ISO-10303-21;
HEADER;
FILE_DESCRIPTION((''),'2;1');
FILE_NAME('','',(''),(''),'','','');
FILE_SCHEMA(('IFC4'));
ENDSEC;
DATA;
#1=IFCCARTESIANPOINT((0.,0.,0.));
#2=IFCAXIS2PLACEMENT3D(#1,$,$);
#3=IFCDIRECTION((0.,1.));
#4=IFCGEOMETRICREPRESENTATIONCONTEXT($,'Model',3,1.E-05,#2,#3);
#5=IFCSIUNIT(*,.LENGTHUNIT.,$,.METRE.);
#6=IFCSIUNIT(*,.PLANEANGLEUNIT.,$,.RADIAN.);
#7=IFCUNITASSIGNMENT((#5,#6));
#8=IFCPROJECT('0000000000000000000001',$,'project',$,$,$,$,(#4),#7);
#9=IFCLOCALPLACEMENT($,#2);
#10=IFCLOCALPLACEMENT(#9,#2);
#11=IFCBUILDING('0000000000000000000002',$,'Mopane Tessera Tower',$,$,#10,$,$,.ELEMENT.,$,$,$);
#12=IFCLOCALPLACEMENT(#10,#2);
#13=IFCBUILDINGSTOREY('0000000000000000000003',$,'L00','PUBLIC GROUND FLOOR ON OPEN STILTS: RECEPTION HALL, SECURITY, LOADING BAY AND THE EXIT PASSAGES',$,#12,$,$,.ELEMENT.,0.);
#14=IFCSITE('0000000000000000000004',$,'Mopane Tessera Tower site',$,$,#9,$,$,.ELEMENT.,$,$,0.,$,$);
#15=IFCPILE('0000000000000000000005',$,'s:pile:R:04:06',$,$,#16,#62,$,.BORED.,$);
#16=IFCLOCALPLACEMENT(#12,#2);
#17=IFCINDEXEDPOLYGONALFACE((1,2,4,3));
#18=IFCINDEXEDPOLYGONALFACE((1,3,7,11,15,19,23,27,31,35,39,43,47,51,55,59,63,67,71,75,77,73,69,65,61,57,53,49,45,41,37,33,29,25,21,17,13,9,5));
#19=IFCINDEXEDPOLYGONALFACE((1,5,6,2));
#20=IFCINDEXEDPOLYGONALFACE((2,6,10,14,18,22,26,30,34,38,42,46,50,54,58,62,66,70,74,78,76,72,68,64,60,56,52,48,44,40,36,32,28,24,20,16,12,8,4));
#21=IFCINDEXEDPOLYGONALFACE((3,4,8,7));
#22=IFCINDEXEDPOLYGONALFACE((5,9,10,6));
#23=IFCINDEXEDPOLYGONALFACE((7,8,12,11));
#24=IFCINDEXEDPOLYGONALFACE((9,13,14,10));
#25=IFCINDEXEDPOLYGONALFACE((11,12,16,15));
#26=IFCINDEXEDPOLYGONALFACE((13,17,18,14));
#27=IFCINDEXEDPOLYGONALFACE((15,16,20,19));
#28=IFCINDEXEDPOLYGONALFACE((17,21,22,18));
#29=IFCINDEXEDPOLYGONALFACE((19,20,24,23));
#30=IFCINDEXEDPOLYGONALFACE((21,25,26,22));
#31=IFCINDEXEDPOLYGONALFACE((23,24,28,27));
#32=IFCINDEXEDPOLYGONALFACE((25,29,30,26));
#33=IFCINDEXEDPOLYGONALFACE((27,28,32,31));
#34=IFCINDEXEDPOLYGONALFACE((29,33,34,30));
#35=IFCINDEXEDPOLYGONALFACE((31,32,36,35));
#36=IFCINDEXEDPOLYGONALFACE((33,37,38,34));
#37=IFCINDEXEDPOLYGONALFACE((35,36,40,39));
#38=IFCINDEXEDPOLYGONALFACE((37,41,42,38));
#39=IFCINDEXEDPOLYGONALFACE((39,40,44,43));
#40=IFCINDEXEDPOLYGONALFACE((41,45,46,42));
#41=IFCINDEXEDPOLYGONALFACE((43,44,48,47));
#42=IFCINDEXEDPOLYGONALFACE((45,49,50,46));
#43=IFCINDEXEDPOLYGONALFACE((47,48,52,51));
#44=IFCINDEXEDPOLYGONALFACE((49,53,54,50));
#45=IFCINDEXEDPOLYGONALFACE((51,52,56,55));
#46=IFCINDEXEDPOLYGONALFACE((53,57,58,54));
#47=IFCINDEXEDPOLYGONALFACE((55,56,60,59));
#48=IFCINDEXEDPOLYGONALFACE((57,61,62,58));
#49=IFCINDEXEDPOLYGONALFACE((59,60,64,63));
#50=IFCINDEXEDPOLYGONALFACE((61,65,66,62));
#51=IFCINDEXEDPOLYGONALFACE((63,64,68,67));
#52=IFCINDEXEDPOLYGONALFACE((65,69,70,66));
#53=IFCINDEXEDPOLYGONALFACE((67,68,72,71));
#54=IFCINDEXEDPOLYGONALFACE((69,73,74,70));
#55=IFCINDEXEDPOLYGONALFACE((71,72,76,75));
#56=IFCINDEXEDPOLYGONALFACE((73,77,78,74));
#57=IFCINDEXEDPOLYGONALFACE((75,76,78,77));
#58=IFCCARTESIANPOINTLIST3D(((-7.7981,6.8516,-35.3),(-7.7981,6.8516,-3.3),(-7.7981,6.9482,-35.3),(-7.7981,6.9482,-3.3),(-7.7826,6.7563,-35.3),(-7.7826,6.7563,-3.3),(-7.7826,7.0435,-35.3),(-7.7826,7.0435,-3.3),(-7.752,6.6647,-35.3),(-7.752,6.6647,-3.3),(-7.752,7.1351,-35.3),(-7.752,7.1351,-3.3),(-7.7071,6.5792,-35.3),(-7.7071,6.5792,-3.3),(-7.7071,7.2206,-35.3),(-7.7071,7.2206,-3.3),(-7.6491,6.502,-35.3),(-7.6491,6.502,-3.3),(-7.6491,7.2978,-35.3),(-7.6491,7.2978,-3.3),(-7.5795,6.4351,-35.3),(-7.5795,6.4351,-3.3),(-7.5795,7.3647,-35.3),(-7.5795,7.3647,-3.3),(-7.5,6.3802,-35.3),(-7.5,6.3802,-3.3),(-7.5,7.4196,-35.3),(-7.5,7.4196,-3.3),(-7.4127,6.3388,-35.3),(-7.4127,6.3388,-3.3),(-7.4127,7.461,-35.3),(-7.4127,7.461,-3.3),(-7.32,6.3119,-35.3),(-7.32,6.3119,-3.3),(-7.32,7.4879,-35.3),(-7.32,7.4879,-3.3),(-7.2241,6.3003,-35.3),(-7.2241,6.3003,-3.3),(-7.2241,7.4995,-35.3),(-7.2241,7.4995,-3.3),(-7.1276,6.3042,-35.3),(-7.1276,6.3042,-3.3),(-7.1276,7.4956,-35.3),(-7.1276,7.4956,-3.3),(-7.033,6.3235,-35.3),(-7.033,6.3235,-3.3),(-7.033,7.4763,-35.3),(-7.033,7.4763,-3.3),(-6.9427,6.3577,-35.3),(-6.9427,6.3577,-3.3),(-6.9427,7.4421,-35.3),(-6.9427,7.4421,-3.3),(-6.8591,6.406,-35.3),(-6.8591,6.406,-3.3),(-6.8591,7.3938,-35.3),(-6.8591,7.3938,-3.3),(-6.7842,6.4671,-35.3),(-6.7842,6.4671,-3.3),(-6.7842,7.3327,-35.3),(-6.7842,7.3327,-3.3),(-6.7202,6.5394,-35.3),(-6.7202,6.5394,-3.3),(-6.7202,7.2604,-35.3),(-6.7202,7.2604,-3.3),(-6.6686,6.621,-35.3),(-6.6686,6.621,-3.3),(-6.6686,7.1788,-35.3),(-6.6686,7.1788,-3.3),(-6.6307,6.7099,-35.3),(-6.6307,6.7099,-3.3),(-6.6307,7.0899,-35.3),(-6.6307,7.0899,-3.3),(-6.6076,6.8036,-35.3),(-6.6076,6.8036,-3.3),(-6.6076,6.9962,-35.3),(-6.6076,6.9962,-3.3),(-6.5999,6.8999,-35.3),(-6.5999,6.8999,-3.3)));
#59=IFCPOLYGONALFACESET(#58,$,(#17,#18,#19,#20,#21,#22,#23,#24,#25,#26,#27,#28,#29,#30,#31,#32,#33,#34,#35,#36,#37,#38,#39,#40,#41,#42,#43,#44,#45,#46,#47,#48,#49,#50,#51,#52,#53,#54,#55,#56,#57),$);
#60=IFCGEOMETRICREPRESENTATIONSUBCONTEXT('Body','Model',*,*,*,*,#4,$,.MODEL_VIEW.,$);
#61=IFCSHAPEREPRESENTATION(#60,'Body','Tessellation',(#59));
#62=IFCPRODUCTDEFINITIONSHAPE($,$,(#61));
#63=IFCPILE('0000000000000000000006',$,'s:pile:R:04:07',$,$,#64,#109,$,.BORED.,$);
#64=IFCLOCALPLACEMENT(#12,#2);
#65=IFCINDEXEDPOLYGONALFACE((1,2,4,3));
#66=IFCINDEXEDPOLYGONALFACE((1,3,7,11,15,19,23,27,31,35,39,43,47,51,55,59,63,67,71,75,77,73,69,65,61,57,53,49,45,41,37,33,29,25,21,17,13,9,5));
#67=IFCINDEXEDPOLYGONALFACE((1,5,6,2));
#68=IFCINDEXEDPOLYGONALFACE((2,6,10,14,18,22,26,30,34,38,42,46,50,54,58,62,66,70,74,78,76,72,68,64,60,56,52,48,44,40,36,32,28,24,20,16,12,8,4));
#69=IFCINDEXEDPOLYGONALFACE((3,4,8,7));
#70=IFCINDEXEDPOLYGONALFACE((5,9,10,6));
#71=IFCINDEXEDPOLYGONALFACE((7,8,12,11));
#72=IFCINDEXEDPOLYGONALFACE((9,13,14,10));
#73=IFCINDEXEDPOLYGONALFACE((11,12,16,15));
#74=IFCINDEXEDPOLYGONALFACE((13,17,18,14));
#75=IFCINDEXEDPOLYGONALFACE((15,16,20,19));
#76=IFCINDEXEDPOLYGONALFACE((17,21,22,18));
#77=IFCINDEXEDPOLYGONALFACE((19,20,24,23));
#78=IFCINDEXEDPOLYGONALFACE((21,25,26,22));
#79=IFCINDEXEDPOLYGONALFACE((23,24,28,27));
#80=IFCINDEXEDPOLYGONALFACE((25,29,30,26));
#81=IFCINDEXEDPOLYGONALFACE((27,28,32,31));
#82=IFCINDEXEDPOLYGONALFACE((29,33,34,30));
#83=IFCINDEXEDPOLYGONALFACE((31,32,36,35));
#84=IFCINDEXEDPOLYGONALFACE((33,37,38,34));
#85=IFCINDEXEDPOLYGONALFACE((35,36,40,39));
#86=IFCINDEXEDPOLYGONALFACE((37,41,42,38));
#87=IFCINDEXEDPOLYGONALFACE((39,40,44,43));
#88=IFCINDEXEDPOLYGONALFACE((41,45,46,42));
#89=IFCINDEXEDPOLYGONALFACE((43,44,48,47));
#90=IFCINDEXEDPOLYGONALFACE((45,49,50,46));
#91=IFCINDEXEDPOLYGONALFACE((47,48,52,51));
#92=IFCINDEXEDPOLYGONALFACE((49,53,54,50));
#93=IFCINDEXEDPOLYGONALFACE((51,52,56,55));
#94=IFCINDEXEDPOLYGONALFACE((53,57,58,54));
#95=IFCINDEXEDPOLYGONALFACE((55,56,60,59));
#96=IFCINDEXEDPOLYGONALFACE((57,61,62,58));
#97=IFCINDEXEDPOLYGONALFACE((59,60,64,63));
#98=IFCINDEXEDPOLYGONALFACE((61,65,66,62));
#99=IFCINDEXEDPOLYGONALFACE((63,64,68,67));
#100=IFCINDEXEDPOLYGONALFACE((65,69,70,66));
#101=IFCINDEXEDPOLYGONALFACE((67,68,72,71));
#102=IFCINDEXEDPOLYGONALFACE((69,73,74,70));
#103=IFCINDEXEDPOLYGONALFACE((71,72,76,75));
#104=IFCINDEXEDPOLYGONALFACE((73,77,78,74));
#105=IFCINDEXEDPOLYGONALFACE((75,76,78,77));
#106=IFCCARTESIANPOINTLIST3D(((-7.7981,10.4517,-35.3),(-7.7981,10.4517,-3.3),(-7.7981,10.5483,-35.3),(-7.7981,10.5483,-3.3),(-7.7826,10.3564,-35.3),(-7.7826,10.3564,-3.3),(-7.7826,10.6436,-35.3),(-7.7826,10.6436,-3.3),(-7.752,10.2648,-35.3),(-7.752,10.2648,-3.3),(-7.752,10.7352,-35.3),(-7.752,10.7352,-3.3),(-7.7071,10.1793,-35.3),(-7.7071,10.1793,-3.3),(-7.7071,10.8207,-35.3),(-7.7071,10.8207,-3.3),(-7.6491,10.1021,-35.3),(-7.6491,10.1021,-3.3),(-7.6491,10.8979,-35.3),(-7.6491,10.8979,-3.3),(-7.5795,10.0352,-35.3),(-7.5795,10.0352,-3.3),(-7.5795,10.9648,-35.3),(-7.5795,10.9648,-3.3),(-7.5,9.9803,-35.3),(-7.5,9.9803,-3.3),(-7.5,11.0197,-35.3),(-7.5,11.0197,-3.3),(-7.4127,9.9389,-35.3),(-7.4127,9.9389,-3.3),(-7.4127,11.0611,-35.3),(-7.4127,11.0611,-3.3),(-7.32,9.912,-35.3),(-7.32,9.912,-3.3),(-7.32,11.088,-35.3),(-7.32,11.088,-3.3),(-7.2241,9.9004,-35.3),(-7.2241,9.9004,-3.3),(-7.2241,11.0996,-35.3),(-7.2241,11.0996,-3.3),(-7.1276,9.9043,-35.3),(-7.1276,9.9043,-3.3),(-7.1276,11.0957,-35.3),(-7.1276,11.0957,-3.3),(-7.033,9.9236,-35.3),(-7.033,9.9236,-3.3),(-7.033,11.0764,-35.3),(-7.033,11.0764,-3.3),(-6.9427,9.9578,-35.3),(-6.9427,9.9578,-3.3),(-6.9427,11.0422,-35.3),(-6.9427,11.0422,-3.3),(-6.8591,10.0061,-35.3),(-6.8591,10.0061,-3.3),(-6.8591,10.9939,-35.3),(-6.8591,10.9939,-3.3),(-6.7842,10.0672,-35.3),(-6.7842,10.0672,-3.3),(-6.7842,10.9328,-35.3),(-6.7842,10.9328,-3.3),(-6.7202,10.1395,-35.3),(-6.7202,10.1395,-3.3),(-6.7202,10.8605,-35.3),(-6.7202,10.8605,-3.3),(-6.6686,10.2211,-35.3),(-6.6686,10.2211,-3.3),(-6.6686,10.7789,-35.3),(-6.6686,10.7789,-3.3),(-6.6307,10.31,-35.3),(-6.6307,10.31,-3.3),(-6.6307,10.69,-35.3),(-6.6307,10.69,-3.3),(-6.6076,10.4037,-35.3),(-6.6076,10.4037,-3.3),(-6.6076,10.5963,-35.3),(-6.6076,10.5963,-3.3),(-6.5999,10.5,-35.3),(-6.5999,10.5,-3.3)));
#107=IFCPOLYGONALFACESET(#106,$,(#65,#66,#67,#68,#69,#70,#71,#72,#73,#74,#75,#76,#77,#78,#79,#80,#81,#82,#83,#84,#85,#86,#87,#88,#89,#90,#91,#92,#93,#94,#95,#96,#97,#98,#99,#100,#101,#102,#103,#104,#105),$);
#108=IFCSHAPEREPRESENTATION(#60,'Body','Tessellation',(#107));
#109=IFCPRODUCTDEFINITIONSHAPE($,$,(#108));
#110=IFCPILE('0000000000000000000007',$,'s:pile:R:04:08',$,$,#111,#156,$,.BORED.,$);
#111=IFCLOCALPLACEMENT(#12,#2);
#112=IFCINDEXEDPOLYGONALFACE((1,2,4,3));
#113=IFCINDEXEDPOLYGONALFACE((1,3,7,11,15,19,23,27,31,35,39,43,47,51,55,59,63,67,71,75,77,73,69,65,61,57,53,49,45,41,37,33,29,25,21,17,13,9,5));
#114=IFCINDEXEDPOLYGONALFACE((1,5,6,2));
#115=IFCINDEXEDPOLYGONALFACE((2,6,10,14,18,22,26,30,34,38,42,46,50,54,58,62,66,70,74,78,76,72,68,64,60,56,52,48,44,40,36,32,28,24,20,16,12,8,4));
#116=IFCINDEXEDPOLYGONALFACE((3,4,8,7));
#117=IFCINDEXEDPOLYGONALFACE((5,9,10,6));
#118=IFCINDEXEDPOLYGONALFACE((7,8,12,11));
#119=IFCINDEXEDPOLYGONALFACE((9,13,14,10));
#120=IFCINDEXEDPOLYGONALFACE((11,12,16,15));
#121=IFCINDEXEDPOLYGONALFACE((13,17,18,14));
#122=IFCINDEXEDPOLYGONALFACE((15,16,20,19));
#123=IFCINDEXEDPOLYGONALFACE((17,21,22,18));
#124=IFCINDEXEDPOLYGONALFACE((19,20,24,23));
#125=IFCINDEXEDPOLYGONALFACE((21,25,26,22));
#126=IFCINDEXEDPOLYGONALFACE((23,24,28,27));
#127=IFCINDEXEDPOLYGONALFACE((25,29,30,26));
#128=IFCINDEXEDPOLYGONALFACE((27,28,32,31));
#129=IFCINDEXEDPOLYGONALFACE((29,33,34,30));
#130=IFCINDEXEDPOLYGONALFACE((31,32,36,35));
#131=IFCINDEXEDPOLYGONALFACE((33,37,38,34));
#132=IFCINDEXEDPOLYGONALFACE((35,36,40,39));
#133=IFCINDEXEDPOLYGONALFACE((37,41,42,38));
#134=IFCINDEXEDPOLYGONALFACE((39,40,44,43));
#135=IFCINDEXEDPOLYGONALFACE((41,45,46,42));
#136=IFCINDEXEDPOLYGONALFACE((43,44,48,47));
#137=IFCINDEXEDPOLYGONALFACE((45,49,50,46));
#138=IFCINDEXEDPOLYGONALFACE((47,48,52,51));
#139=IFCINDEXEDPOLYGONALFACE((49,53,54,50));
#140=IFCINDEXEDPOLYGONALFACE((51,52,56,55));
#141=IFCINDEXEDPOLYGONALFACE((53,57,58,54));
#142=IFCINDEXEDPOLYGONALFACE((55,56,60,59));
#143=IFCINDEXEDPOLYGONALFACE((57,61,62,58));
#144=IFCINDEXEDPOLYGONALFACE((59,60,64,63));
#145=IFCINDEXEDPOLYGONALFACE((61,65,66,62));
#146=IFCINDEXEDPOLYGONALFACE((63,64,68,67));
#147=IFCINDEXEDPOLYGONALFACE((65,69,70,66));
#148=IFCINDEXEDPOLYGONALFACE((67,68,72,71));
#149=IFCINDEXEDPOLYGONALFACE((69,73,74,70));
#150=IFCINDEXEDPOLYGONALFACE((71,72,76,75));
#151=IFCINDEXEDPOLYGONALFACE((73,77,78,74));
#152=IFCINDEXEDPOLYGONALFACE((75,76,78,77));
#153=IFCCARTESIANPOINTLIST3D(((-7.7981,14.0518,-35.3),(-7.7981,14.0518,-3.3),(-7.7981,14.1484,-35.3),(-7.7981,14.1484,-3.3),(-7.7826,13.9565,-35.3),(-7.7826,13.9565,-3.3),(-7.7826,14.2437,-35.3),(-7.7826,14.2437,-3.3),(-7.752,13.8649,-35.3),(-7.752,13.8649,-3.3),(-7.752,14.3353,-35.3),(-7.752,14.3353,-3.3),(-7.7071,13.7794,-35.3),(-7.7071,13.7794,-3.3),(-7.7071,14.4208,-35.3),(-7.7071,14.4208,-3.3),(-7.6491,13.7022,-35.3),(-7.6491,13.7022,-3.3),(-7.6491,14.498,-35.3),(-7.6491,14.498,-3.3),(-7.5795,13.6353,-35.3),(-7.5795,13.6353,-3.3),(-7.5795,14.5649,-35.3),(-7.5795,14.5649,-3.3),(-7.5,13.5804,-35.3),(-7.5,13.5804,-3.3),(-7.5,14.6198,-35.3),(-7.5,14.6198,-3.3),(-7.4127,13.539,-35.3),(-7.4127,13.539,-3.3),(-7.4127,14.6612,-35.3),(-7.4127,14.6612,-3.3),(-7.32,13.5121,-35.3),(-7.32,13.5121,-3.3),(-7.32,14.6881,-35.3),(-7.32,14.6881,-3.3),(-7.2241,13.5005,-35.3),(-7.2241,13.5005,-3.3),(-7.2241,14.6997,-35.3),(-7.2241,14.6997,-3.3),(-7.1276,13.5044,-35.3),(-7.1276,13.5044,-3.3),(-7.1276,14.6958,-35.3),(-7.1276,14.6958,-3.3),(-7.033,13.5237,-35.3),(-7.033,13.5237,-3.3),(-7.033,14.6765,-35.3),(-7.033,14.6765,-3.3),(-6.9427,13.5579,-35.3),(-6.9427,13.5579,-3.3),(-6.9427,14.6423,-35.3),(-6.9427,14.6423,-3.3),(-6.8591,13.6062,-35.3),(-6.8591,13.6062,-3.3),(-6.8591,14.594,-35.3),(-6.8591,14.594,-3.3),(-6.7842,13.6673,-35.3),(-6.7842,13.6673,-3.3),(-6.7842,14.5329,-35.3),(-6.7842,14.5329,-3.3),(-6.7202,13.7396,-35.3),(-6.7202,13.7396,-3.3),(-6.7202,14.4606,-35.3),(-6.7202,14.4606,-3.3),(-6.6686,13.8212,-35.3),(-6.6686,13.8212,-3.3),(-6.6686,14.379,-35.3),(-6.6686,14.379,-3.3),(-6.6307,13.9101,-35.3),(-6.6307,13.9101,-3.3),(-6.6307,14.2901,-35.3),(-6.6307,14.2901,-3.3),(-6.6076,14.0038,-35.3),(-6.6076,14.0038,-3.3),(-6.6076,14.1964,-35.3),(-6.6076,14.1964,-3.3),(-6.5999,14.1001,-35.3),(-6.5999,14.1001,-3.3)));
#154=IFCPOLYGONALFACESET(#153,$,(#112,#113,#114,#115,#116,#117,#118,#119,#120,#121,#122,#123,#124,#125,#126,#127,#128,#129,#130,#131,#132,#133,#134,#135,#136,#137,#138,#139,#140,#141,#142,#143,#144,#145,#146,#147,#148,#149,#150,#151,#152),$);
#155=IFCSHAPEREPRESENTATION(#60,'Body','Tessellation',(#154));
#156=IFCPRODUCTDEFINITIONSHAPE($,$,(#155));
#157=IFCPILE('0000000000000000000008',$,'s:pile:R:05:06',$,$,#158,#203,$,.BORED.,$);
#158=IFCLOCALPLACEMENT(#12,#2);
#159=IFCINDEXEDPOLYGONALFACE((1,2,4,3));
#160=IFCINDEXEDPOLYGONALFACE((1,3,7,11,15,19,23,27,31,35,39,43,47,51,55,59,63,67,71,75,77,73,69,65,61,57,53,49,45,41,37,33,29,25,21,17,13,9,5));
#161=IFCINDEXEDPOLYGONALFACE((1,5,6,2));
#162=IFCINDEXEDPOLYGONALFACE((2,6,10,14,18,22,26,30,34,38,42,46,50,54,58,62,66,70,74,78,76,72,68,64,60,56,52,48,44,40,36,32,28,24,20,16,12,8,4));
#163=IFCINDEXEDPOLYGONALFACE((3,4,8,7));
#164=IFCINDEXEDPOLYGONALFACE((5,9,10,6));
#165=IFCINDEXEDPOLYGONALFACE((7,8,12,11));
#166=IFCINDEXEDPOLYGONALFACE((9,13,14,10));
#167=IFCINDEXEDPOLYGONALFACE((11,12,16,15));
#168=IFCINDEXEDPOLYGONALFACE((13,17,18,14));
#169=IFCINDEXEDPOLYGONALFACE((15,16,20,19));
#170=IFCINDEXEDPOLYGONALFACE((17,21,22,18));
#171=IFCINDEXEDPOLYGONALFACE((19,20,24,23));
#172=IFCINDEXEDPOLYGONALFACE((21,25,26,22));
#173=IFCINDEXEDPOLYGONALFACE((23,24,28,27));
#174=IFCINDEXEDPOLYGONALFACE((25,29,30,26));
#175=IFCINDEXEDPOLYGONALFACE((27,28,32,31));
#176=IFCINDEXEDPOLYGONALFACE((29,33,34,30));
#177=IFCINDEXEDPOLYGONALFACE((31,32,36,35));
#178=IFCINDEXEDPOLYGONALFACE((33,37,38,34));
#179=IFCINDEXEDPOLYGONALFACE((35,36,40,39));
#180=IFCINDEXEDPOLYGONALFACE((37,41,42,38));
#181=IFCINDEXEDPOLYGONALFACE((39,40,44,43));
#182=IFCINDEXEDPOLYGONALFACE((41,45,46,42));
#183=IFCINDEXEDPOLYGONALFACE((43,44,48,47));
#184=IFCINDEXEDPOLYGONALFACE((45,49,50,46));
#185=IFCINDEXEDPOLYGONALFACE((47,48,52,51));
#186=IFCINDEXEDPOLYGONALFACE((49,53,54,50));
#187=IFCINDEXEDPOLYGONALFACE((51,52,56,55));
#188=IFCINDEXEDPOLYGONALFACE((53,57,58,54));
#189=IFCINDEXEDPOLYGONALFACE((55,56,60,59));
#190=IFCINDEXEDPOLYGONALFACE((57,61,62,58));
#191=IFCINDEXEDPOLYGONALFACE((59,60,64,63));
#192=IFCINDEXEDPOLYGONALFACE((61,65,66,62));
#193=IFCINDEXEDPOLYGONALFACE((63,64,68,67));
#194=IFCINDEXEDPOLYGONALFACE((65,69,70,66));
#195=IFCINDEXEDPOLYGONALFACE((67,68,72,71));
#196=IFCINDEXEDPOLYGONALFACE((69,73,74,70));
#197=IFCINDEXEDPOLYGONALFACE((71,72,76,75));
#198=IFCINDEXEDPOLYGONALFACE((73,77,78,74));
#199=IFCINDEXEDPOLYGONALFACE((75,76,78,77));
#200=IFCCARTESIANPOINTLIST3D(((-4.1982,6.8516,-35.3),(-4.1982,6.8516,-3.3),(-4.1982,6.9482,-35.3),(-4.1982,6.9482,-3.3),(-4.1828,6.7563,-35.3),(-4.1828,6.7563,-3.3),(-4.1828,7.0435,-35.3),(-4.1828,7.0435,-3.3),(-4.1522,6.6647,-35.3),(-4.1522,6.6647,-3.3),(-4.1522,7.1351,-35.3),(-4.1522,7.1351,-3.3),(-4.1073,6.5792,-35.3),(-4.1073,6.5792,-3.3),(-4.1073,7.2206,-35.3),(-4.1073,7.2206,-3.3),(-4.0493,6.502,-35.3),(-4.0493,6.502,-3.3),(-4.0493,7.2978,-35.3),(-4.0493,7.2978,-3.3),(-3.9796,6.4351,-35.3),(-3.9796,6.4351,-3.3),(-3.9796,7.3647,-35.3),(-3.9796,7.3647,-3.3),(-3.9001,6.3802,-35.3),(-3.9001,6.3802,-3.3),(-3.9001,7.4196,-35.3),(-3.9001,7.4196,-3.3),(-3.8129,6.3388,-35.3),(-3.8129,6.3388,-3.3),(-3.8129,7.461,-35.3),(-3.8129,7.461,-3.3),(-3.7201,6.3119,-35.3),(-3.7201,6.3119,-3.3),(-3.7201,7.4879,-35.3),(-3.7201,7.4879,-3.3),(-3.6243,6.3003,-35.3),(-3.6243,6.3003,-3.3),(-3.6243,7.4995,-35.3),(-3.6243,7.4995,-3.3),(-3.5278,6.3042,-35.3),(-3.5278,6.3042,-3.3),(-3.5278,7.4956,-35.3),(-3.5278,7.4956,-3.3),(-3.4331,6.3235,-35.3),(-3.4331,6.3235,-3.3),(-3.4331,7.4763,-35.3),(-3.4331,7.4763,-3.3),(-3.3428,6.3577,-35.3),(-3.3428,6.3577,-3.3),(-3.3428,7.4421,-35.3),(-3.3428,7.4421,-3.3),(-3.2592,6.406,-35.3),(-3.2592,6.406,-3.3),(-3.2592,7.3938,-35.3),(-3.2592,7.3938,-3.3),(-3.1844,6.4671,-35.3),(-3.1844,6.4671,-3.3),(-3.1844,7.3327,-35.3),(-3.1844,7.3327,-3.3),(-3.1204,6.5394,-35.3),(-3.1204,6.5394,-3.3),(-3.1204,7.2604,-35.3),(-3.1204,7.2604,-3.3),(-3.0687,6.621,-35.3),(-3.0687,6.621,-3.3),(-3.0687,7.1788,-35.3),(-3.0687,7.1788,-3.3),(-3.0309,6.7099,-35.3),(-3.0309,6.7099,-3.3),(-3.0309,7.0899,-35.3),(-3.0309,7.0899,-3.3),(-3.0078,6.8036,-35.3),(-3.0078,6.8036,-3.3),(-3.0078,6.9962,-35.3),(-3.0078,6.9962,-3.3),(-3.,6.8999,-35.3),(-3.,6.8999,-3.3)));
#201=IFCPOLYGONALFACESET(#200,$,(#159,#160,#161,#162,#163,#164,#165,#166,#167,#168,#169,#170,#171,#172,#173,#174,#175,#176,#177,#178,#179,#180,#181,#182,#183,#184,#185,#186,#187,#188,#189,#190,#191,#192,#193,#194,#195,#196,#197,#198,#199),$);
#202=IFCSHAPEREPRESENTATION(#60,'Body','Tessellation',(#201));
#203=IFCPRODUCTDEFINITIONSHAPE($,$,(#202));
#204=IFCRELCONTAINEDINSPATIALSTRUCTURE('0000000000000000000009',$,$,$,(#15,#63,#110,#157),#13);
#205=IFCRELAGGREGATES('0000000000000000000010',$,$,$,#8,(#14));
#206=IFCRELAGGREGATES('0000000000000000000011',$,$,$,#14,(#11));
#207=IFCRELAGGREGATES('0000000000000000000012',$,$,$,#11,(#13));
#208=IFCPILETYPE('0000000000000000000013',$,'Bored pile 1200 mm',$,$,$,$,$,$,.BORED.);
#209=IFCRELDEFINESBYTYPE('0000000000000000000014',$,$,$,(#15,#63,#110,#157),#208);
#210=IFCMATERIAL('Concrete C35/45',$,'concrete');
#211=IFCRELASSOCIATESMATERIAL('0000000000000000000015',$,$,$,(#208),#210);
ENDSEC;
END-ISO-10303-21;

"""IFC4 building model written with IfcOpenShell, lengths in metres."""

from ifc_helpers import new_model, si_unit, direction, frame, origin, origin_2d, place, context, subcontext, project, spatial, circle, extrude, material, material_profile, profile_set, type_object, element, save


model = new_model("IFC4")

# Units and contexts
model_context = context("Model", 3, precision=1e-05, world=origin(), true_north=direction((0.0, 1.0)))
body_context = subcontext(model_context, "Body", "Model", "MODEL_VIEW")
ifc_project = project(units=[si_unit("LENGTHUNIT", "METRE"), si_unit("PLANEANGLEUNIT", "RADIAN")], contexts=[model_context])

# Site, building, storey
site_placement = place(None, origin())
site = spatial("IfcSite", under=ifc_project, at=site_placement, Name="Mopane Tessera Tower site", CompositionType="ELEMENT", RefElevation=0.0)
building_placement = place(site_placement, origin())
building = spatial("IfcBuilding", under=site, at=building_placement, Name="Mopane Tessera Tower", CompositionType="ELEMENT")
storey_placement = place(building_placement, origin())
storey = spatial("IfcBuildingStorey", under=building, at=storey_placement, Name="L00", Description="PUBLIC GROUND FLOOR ON OPEN STILTS: RECEPTION HALL, SECURITY, LOADING BAY AND THE EXIT PASSAGES", CompositionType="ELEMENT", Elevation=0.0)

# Piles
ifc_material_1 = material(Name="Concrete C35/45", Category="concrete")
ifc_material_profile = material_profile(ifc_material_1, circle(Radius=0.6001, at=origin_2d()))
ifc_profile_set = profile_set([ifc_material_profile], Name="Concrete C35/45")
pile_type = type_object("IfcPileType", Name="Bored pile 1200 mm", PredefinedType="BORED", material=ifc_profile_set)
for number, where, z_axis, x_axis, name in (
    (1, (-7.2, 6.8999, -3.3), (0.0, 0.0, -1.0), (1.0, 0.0, 0.0), "s:pile:R:04:06"),
    (2, (-7.2, 10.5, -3.3), (0.0, 0.0, -1.0), (1.0, 0.0, 0.0), "s:pile:R:04:07"),
    (3, (-7.2, 14.1001, -3.3), (0.0, 0.0, -1.0), (1.0, 0.0, 0.0), "s:pile:R:04:08"),
    (4, (-3.6001, 6.8999, -3.3), (0.0, 0.0, -1.0), (1.0, 0.0, 0.0), "s:pile:R:05:06"),
):
    element("IfcPile", number, at=place(storey_placement, frame(where, z_axis=z_axis, x_axis=x_axis)), inside=storey, type_object=pile_type, Name=name, PredefinedType="BORED", context=body_context, shape_type="SweptSolid", body=[
        extrude(circle(Radius=0.6001, at=origin_2d()), origin(), (0.0, 0.0, 1.0), 32.0),
    ])

save(model, "model.ifc")
